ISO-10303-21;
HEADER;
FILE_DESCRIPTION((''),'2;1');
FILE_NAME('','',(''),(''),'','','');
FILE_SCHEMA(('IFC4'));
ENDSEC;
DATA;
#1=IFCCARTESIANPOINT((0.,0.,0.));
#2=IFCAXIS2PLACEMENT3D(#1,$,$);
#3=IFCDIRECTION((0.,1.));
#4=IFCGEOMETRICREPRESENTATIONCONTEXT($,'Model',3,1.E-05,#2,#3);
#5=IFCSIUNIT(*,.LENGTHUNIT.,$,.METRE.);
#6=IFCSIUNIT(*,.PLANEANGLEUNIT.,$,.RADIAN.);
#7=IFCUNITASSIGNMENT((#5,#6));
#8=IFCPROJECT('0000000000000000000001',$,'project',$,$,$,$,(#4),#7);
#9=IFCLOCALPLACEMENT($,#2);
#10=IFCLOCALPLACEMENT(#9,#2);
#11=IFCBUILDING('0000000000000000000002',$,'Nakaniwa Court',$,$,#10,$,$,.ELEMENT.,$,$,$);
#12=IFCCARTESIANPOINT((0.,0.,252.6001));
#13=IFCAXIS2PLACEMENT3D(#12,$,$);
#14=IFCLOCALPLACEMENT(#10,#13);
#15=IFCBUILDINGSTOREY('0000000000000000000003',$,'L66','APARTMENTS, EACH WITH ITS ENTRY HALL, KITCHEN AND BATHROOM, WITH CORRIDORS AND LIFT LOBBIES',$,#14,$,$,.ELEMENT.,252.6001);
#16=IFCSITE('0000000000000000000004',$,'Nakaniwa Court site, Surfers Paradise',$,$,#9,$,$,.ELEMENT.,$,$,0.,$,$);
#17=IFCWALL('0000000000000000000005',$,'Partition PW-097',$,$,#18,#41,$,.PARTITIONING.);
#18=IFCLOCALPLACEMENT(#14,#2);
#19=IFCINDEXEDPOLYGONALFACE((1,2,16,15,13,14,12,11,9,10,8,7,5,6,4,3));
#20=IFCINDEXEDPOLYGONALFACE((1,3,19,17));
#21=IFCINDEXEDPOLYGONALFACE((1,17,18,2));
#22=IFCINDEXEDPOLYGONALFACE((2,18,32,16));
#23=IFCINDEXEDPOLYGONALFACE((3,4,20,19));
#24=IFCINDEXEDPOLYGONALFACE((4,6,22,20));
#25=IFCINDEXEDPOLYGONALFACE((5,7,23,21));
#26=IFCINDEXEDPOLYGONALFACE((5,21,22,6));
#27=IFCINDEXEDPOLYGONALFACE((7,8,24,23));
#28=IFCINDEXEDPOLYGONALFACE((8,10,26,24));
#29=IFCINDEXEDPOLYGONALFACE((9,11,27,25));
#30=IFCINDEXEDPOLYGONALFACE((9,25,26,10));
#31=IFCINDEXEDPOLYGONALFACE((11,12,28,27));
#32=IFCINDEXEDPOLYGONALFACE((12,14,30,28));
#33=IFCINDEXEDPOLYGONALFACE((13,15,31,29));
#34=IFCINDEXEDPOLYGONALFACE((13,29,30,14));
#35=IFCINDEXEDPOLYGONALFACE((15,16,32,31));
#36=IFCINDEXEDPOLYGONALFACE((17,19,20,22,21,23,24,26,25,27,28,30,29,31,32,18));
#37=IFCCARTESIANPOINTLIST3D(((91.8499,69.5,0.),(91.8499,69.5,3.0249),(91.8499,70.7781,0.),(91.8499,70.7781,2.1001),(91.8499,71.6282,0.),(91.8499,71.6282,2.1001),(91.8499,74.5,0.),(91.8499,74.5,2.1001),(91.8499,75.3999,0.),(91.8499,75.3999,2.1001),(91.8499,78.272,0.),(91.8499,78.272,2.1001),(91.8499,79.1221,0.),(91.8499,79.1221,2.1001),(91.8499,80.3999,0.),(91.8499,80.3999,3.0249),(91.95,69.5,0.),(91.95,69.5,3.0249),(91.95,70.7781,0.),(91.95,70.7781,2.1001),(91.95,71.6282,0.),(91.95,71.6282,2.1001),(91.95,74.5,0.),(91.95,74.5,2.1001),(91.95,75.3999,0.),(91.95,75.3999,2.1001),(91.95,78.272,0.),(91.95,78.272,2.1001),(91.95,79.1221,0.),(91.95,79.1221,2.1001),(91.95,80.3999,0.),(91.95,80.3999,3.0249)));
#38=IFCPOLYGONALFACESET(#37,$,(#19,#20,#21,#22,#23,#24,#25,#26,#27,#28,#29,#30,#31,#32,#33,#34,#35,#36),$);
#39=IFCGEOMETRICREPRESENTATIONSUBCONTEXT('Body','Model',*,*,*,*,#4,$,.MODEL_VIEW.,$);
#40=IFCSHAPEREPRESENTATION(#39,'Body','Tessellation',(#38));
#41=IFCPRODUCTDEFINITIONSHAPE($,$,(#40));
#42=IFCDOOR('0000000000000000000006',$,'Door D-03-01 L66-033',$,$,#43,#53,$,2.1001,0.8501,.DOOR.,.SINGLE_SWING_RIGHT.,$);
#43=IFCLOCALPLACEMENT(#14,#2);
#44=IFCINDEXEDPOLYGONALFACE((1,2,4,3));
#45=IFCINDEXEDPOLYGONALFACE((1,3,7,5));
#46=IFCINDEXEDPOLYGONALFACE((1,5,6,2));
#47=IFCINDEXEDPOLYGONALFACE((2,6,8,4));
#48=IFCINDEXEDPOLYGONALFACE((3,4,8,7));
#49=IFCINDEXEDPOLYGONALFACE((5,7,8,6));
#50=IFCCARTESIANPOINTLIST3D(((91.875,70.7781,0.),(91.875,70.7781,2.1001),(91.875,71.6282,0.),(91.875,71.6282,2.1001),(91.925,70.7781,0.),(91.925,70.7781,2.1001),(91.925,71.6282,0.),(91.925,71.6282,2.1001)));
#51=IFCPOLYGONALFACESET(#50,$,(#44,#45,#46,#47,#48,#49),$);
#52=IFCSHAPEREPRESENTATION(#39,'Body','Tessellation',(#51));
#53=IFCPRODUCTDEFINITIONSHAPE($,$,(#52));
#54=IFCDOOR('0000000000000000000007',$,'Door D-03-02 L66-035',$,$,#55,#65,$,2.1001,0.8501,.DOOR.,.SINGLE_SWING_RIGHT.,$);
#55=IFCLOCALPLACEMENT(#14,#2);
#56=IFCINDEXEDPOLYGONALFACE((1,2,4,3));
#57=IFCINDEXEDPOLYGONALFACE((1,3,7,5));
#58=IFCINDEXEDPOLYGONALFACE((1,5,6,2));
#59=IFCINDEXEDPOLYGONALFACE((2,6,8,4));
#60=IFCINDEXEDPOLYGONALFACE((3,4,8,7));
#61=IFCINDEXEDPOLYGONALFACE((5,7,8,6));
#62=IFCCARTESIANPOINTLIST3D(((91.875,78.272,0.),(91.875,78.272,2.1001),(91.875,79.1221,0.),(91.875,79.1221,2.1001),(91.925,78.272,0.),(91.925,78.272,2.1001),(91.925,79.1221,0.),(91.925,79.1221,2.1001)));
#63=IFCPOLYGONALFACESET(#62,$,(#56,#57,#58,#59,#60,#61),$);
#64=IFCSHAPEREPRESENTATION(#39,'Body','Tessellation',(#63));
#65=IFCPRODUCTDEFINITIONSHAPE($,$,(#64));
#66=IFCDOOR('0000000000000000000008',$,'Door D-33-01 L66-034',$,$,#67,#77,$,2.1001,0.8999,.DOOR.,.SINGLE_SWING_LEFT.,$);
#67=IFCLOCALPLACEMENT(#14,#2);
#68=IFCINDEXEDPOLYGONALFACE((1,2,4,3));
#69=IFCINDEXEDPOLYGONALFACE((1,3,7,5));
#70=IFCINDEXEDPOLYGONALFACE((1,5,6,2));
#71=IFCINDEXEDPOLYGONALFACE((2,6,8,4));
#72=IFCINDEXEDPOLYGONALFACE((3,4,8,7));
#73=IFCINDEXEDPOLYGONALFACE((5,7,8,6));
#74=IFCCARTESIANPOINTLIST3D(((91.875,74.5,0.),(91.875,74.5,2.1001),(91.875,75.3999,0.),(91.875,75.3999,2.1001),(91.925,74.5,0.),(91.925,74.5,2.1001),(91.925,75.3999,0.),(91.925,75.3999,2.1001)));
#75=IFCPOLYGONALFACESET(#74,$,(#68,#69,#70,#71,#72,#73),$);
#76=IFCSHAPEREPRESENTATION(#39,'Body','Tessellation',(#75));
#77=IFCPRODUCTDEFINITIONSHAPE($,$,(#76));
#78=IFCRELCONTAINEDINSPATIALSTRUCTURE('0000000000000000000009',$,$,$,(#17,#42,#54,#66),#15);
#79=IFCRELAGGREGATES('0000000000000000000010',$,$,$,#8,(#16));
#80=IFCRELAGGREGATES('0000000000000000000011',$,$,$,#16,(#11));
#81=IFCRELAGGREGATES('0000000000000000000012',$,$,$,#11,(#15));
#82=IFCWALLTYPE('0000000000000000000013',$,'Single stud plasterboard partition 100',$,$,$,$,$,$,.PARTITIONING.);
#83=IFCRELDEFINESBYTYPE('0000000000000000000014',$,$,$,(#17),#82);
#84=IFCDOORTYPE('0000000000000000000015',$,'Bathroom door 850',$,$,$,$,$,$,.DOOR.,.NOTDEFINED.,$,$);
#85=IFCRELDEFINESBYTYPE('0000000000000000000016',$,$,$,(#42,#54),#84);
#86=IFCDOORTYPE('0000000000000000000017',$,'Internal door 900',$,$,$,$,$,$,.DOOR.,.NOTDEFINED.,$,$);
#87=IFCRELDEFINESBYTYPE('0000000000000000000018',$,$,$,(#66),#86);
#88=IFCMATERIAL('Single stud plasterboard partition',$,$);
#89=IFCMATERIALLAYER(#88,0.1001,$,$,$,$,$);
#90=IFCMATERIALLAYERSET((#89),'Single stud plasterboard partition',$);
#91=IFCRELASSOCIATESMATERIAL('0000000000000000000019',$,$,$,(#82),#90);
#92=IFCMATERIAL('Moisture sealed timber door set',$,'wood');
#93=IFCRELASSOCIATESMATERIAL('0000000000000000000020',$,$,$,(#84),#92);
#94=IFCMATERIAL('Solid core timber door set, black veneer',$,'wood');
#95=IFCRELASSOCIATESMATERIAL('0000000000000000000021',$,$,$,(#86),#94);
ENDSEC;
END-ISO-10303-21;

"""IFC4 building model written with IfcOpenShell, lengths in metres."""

from ifc_helpers import new_model, si_unit, direction, frame, frame_2d, origin, place, context, subcontext, project, spatial, rectangle, extrude, material, layer, layer_set, type_object, element, fill, save


model = new_model("IFC4")

# Units and contexts
model_context = context("Model", 3, precision=1e-05, world=origin(), true_north=direction((0.0, 1.0)))
body_context = subcontext(model_context, "Body", "Model", "MODEL_VIEW")
ifc_project = project(units=[si_unit("LENGTHUNIT", "METRE"), si_unit("PLANEANGLEUNIT", "RADIAN")], contexts=[model_context])

# Site, building, storey
site_placement = place(None, origin())
site = spatial("IfcSite", under=ifc_project, at=site_placement, Name="Nakaniwa Court site, Surfers Paradise", CompositionType="ELEMENT", RefElevation=0.0)
building_placement = place(site_placement, origin())
building = spatial("IfcBuilding", under=site, at=building_placement, Name="Nakaniwa Court", CompositionType="ELEMENT")
storey_placement = place(building_placement, frame((0.0, 0.0, 252.6001)))
storey = spatial("IfcBuildingStorey", under=building, at=storey_placement, Name="L66", Description="APARTMENTS, EACH WITH ITS ENTRY HALL, KITCHEN AND BATHROOM, WITH CORRIDORS AND LIFT LOBBIES", CompositionType="ELEMENT", Elevation=252.6001)

# Wall, openings, doors
ifc_material_1 = material(Name="Single stud plasterboard partition")
ifc_layer_1 = layer(ifc_material_1, 0.1001)
ifc_layer_set_1 = layer_set([ifc_layer_1], Name="Single stud plasterboard partition")
wall_type_1 = type_object("IfcWallType", Name="Single stud plasterboard partition 100", PredefinedType="PARTITIONING", material=ifc_layer_set_1)
wall_1_placement = place(storey_placement, frame((91.8999, 69.5, 0.0), z_axis=(0.0, 0.0, 1.0), x_axis=(0.0, 1.0, 0.0)))
wall_1 = element("IfcWall", 1, at=wall_1_placement, inside=storey, type_object=wall_type_1, Name="Partition PW-097", PredefinedType="PARTITIONING", context=body_context, shape_type="SweptSolid", body=[
    extrude(rectangle(XDim=10.8999, YDim=0.1001, at=frame_2d((5.45, 0.0))), origin(), (0.0, 0.0, 1.0), 3.0249),
])
opening_1_placement = place(wall_1_placement, frame((1.2781, 0.0, 0.0)))
opening_1 = element("IfcOpeningElement", 2, at=opening_1_placement, cuts=wall_1, PredefinedType="OPENING", context=body_context, shape_type="SweptSolid", body=[
    extrude(rectangle(XDim=0.8501, YDim=2.1001, at=frame_2d((0.425, 1.05))), frame((0.0, 0.0601, 0.0), z_axis=(0.0, -1.0, 0.0), x_axis=(1.0, 0.0, 0.0)), (0.0, 0.0, 1.0), 0.1201),
])
opening_2_placement = place(wall_1_placement, frame((5.0, 0.0, 0.0)))
opening_2 = element("IfcOpeningElement", 3, at=opening_2_placement, cuts=wall_1, PredefinedType="OPENING", context=body_context, shape_type="SweptSolid", body=[
    extrude(rectangle(XDim=0.8999, YDim=2.1001, at=frame_2d((0.45, 1.05))), frame((0.0, 0.0601, 0.0), z_axis=(0.0, -1.0, 0.0), x_axis=(1.0, 0.0, 0.0)), (0.0, 0.0, 1.0), 0.1201),
])
opening_3_placement = place(wall_1_placement, frame((8.772, 0.0, 0.0)))
opening_3 = element("IfcOpeningElement", 4, at=opening_3_placement, cuts=wall_1, PredefinedType="OPENING", context=body_context, shape_type="SweptSolid", body=[
    extrude(rectangle(XDim=0.8501, YDim=2.1001, at=frame_2d((0.425, 1.05))), frame((0.0, 0.0601, 0.0), z_axis=(0.0, -1.0, 0.0), x_axis=(1.0, 0.0, 0.0)), (0.0, 0.0, 1.0), 0.1201),
])
ifc_material_2 = material(Name="Moisture sealed timber door set", Category="wood")
door_type_1 = type_object("IfcDoorType", Name="Bathroom door 850", OperationType="NOTDEFINED", PredefinedType="DOOR", material=ifc_material_2)
door_1_placement = place(opening_1_placement, origin())
door_1 = element("IfcDoor", 5, at=door_1_placement, inside=storey, type_object=door_type_1, Name="Door D-03-01 L66-033", OperationType="SINGLE_SWING_RIGHT", OverallHeight=2.1001, OverallWidth=0.8501, PredefinedType="DOOR", context=body_context, shape_type="SweptSolid", body=[
    extrude(rectangle(XDim=0.8501, YDim=2.1001, at=frame_2d((0.425, 1.05))), frame((0.0, 0.0249, 0.0), z_axis=(0.0, -1.0, 0.0), x_axis=(1.0, 0.0, 0.0)), (0.0, 0.0, 1.0), 0.05),
])
fill(opening_1, door_1)
door_2_placement = place(opening_3_placement, origin())
door_2 = element("IfcDoor", 6, at=door_2_placement, inside=storey, type_object=door_type_1, Name="Door D-03-02 L66-035", OperationType="SINGLE_SWING_RIGHT", OverallHeight=2.1001, OverallWidth=0.8501, PredefinedType="DOOR", context=body_context, shape_type="SweptSolid", body=[
    extrude(rectangle(XDim=0.8501, YDim=2.1001, at=frame_2d((0.425, 1.05))), frame((0.0, 0.0249, 0.0), z_axis=(0.0, -1.0, 0.0), x_axis=(1.0, 0.0, 0.0)), (0.0, 0.0, 1.0), 0.05),
])
fill(opening_3, door_2)
ifc_material_3 = material(Name="Solid core timber door set, black veneer", Category="wood")
door_type_2 = type_object("IfcDoorType", Name="Internal door 900", OperationType="NOTDEFINED", PredefinedType="DOOR", material=ifc_material_3)
door_3_placement = place(opening_2_placement, origin())
door_3 = element("IfcDoor", 7, at=door_3_placement, inside=storey, type_object=door_type_2, Name="Door D-33-01 L66-034", OperationType="SINGLE_SWING_LEFT", OverallHeight=2.1001, OverallWidth=0.8999, PredefinedType="DOOR", context=body_context, shape_type="SweptSolid", body=[
    extrude(rectangle(XDim=0.8999, YDim=2.1001, at=frame_2d((0.45, 1.05))), frame((0.0, 0.0249, 0.0), z_axis=(0.0, -1.0, 0.0), x_axis=(1.0, 0.0, 0.0)), (0.0, 0.0, 1.0), 0.05),
])
fill(opening_2, door_3)

save(model, "model.ifc")
